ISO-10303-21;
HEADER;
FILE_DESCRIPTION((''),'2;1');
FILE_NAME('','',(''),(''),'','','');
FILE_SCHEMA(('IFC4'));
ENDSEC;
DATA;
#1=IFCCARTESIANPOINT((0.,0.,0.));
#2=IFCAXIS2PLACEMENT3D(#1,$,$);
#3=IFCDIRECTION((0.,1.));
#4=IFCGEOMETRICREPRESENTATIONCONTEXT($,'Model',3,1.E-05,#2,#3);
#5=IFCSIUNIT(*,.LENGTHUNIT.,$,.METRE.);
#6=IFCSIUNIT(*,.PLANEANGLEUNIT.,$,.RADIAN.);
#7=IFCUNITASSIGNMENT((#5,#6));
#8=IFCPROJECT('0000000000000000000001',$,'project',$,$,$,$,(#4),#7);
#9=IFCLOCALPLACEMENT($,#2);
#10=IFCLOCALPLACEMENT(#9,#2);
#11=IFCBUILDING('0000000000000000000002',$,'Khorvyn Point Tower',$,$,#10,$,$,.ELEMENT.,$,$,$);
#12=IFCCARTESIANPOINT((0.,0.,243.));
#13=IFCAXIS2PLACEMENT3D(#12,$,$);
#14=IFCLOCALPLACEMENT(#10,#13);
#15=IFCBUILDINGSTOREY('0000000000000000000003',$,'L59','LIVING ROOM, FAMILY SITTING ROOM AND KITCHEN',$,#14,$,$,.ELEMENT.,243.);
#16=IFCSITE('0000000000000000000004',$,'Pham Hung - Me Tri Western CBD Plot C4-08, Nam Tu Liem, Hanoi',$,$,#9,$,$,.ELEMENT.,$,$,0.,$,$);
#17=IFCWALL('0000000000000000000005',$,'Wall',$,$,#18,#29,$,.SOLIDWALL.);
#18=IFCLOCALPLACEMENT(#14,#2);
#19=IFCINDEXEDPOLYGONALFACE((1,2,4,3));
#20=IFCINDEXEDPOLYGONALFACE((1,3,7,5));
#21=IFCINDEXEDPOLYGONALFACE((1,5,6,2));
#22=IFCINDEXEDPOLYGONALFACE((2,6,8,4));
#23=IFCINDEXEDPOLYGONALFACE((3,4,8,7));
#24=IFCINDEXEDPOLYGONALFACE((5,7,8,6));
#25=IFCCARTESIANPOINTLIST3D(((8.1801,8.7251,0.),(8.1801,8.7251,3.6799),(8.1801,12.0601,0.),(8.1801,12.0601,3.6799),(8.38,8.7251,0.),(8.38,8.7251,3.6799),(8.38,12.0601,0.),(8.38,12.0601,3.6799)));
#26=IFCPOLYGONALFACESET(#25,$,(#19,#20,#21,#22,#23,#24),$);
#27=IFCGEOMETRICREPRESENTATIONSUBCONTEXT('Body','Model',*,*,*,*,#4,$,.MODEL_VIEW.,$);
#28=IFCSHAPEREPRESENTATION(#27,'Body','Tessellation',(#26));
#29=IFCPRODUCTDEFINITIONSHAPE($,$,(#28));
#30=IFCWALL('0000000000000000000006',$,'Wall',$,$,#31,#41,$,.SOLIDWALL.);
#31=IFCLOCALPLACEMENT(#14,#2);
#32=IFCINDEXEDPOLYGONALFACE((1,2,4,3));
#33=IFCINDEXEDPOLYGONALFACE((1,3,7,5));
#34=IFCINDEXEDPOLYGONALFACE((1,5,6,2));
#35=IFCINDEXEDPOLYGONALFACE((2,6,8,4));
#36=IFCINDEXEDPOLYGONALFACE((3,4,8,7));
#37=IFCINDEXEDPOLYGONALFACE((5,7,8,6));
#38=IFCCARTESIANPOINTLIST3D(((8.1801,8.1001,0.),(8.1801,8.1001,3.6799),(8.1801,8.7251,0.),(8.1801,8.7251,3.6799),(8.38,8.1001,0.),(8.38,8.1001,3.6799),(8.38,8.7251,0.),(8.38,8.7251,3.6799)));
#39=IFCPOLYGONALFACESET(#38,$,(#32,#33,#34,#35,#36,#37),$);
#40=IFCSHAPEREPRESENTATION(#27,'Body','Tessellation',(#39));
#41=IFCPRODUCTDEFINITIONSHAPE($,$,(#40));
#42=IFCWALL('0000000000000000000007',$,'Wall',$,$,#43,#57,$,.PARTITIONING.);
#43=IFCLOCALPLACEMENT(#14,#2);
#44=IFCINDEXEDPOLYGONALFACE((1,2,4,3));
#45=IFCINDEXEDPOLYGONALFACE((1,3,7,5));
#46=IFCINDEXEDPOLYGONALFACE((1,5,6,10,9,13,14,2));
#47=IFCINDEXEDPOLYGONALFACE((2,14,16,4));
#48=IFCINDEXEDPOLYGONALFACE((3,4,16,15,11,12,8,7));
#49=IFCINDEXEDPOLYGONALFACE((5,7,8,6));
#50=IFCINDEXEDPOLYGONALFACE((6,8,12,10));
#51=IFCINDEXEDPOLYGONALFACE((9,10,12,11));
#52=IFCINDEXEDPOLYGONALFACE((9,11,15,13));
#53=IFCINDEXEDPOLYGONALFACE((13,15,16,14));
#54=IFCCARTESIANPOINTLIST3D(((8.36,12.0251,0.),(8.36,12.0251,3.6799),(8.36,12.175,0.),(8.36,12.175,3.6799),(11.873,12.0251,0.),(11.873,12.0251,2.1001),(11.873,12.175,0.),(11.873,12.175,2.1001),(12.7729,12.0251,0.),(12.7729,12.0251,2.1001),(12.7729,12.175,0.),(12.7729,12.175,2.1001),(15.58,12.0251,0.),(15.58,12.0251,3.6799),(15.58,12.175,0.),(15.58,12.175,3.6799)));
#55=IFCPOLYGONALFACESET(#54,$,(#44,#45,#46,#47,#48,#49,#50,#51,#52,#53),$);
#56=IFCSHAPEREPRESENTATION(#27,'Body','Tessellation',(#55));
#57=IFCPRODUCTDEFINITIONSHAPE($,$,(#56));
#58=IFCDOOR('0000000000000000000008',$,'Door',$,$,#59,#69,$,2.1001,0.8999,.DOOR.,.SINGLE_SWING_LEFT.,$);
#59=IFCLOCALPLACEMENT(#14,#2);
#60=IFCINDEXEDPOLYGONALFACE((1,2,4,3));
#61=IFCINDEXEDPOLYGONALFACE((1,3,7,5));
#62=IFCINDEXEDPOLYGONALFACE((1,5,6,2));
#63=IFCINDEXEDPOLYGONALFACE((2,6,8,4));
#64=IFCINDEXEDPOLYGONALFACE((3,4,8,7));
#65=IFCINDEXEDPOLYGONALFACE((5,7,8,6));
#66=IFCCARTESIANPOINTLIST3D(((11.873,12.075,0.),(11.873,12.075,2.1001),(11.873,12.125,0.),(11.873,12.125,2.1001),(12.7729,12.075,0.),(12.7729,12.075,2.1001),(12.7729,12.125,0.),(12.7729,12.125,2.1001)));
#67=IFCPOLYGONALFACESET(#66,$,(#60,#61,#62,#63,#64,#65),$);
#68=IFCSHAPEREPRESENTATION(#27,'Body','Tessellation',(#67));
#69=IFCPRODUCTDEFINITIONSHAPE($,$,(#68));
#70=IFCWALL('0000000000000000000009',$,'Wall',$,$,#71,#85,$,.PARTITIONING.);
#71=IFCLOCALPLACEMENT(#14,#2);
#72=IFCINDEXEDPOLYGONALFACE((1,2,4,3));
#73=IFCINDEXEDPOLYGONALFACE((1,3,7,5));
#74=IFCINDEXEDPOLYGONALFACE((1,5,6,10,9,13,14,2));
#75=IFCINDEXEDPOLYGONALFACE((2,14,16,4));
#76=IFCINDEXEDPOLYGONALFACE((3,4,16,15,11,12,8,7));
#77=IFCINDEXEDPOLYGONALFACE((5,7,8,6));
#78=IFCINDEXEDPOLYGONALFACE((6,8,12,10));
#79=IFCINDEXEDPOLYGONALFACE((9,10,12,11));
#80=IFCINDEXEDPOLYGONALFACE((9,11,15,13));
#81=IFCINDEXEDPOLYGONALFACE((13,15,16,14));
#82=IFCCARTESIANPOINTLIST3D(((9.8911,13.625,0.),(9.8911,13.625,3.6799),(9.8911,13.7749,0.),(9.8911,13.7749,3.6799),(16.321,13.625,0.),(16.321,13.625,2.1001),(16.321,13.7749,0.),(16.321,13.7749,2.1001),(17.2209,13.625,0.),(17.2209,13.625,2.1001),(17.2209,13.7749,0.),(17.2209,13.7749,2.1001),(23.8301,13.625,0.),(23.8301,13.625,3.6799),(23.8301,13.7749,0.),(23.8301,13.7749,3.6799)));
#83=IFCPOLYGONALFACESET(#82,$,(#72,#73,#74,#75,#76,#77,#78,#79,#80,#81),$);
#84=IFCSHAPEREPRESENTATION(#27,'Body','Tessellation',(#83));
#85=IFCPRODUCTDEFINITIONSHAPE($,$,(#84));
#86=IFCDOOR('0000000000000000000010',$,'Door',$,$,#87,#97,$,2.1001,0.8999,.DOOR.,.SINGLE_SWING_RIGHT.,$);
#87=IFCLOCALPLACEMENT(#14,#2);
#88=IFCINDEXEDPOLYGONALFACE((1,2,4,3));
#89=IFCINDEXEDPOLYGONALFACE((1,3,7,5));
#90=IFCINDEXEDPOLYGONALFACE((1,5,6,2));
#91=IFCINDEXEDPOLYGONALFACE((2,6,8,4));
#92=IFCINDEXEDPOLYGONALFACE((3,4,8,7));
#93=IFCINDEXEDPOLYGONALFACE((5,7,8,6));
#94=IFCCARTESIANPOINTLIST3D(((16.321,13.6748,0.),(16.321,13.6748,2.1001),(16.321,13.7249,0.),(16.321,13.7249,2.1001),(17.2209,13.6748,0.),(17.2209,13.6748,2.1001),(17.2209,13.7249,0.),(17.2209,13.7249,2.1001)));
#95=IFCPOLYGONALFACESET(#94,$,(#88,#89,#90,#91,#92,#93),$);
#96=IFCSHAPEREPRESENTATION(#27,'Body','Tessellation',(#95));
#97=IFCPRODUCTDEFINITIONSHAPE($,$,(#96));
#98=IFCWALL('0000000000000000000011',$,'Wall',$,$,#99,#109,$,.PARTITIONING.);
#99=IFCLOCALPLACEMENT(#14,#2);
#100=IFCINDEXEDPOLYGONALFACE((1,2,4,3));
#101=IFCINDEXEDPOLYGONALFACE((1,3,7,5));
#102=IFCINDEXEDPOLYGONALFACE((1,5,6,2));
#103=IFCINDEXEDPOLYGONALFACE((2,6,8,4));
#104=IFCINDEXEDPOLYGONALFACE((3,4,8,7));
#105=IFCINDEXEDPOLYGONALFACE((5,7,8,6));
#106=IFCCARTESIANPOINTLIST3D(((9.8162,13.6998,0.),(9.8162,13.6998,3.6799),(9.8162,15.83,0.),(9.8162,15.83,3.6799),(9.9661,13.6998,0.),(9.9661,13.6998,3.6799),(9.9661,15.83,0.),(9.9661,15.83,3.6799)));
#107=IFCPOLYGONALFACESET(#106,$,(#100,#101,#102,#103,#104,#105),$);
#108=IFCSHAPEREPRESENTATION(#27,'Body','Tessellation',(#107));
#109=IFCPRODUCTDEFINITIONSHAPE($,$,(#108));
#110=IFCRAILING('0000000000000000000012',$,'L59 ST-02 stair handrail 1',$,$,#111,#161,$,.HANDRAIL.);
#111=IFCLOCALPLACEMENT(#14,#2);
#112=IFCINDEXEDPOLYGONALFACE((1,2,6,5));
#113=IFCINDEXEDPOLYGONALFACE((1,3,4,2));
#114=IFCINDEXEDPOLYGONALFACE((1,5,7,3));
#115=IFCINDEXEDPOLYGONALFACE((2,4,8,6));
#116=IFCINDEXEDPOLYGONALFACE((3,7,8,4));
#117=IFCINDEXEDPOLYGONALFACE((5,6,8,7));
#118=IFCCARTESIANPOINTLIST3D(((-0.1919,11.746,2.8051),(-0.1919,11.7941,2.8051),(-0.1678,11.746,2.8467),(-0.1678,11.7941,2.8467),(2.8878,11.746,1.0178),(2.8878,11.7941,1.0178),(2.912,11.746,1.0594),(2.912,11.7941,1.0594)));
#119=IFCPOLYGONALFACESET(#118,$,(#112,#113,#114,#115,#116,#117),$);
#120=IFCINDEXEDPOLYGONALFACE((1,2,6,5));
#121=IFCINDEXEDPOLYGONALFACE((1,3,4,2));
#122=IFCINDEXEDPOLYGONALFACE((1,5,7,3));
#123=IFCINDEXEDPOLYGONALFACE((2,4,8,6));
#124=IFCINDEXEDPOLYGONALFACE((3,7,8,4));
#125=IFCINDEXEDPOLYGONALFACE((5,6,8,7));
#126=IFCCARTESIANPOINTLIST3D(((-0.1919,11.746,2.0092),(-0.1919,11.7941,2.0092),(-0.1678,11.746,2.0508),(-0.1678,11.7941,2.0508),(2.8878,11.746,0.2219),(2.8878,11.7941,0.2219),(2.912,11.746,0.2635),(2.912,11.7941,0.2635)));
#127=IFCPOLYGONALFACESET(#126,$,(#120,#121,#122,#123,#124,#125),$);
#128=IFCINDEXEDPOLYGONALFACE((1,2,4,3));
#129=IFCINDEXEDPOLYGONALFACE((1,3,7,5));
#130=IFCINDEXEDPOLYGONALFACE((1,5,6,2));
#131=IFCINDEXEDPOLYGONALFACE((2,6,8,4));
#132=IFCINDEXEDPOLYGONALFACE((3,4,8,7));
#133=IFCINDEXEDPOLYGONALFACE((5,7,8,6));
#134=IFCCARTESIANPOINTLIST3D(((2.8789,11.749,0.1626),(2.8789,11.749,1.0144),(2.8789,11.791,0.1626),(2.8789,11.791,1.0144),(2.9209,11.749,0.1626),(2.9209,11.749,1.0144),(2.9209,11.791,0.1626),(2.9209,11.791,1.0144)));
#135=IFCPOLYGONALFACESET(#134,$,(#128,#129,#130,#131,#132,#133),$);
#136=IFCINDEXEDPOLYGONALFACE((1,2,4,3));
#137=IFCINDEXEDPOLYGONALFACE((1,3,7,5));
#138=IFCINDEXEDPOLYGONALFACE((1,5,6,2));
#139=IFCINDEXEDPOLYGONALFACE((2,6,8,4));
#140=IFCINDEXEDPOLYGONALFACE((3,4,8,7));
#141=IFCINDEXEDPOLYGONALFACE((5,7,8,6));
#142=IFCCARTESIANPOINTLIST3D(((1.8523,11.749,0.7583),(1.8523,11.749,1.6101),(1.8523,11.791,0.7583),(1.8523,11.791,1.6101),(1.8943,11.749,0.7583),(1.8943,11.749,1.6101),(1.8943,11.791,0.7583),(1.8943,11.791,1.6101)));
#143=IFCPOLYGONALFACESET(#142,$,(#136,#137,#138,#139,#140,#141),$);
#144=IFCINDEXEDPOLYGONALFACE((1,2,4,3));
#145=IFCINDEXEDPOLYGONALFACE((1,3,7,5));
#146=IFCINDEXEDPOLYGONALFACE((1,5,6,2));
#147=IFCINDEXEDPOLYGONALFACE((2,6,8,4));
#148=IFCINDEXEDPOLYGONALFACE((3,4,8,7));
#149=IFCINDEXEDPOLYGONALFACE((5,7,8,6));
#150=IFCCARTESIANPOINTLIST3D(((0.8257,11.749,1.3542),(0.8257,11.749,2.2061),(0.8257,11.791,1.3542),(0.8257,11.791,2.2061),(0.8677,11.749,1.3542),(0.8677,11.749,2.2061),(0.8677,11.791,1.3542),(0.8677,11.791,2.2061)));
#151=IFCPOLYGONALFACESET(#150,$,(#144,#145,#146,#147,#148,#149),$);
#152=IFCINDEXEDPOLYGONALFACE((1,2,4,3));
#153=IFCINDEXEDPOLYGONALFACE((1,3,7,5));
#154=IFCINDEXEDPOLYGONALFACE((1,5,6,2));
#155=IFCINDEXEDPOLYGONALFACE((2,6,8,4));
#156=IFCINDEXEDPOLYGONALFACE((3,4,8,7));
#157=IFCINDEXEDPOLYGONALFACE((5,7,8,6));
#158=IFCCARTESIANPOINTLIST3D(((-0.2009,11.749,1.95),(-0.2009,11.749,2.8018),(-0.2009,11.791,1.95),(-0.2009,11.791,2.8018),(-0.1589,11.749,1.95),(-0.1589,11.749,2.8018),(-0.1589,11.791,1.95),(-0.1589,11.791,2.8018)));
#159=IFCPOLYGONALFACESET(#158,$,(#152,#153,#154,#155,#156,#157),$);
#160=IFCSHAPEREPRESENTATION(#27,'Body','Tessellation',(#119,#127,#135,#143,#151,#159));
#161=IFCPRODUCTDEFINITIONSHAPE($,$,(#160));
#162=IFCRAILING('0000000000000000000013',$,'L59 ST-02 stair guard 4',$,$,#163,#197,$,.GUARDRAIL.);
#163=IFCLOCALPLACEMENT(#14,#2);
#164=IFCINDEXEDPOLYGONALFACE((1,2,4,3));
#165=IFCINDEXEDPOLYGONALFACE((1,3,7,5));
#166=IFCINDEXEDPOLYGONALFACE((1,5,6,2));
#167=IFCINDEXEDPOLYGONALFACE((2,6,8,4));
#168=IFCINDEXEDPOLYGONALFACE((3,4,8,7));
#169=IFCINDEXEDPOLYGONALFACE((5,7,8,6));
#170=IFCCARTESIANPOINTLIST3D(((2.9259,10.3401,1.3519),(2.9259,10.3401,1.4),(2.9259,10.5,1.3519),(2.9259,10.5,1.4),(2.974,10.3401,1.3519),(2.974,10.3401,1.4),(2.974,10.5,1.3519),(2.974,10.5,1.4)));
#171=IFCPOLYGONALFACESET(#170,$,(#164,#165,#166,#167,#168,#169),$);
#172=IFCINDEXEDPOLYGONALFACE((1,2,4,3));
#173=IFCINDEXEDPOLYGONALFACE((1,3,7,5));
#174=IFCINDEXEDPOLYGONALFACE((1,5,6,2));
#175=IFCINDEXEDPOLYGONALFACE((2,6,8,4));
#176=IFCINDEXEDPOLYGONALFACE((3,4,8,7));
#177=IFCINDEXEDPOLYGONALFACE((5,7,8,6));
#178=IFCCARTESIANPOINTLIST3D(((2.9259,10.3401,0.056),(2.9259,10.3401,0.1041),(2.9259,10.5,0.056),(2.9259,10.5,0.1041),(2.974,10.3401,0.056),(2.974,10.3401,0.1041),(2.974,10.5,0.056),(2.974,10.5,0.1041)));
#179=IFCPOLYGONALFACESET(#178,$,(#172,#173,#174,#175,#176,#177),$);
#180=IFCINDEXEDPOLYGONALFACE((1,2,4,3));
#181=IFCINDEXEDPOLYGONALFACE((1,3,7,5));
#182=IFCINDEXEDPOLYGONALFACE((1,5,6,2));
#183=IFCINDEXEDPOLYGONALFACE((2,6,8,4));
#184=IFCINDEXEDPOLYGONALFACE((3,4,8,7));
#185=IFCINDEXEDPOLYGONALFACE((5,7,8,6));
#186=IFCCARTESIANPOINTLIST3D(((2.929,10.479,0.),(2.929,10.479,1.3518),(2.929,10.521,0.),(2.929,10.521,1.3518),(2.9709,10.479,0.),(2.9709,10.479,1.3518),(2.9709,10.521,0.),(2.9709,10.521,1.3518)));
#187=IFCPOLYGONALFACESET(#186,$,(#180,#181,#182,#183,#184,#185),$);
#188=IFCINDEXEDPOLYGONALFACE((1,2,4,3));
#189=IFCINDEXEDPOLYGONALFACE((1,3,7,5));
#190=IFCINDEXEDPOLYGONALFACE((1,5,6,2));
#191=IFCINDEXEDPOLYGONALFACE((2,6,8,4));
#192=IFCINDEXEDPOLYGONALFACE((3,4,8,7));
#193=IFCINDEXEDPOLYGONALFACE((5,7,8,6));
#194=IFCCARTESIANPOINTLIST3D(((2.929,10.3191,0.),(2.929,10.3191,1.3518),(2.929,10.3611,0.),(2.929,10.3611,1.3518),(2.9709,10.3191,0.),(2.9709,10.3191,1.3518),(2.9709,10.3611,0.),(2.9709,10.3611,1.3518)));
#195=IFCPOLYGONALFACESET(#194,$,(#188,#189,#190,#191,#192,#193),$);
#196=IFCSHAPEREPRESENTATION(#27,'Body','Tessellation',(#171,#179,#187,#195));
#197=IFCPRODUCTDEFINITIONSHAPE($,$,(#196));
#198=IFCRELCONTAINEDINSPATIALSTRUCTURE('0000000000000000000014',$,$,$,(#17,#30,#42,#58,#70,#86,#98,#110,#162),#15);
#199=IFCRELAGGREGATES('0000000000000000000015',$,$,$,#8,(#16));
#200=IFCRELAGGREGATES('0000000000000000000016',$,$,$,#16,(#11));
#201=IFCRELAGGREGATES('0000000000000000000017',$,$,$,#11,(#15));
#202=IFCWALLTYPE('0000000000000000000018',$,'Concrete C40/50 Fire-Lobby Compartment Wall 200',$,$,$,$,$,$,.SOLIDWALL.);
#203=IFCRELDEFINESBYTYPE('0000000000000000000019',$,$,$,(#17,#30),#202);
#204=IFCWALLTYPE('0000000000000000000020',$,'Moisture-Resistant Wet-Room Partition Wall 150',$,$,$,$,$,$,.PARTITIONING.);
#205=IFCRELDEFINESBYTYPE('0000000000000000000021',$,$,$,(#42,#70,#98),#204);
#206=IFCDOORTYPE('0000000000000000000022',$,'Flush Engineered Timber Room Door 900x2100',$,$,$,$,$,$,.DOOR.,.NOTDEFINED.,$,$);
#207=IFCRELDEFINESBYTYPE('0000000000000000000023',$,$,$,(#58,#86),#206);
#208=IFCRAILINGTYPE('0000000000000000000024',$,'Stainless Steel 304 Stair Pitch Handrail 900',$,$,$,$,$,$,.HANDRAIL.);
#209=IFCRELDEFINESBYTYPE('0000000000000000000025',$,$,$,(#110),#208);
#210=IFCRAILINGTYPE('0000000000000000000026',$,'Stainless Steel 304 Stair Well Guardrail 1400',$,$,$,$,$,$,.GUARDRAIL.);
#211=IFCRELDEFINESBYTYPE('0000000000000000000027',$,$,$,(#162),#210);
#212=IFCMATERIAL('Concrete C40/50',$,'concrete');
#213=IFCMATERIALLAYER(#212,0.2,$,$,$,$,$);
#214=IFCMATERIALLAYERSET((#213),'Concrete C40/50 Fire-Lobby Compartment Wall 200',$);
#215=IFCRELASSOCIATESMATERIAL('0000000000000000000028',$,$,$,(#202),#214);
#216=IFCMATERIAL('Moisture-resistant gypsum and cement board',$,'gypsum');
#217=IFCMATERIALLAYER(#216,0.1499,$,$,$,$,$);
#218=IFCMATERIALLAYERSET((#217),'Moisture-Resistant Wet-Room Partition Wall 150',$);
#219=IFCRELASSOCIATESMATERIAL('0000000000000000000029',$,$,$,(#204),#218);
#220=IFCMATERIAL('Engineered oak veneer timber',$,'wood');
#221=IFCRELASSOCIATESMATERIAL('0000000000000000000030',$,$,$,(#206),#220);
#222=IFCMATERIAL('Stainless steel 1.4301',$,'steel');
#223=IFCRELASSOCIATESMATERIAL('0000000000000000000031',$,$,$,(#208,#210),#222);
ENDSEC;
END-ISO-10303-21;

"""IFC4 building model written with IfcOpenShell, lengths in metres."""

from ifc_helpers import new_model, si_unit, direction, frame, frame_2d, origin, origin_2d, place, context, subcontext, project, spatial, rectangle, extrude, material, layer, layer_set, type_object, element, fill, save


model = new_model("IFC4")

# Units and contexts
model_context = context("Model", 3, precision=1e-05, world=origin(), true_north=direction((0.0, 1.0)))
body_context = subcontext(model_context, "Body", "Model", "MODEL_VIEW")
ifc_project = project(units=[si_unit("LENGTHUNIT", "METRE"), si_unit("PLANEANGLEUNIT", "RADIAN")], contexts=[model_context])

# Site, building, storey
site_placement = place(None, origin())
site = spatial("IfcSite", under=ifc_project, at=site_placement, Name="Pham Hung - Me Tri Western CBD Plot C4-08, Nam Tu Liem, Hanoi", CompositionType="ELEMENT", RefElevation=0.0)
building_placement = place(site_placement, origin())
building = spatial("IfcBuilding", under=site, at=building_placement, Name="Khorvyn Point Tower", CompositionType="ELEMENT")
storey_placement = place(building_placement, frame((0.0, 0.0, 243.0)))
storey = spatial("IfcBuildingStorey", under=building, at=storey_placement, Name="L59", Description="LIVING ROOM, FAMILY SITTING ROOM AND KITCHEN", CompositionType="ELEMENT", Elevation=243.0)

# Shared definitions
ifc_material_1 = material(Name="Concrete C40/50", Category="concrete")

# Shared definitions
ifc_layer_1 = layer(ifc_material_1, 0.2)
ifc_layer_set_1 = layer_set([ifc_layer_1], Name="Concrete C40/50 Fire-Lobby Compartment Wall 200")
wall_type_1 = type_object("IfcWallType", Name="Concrete C40/50 Fire-Lobby Compartment Wall 200", PredefinedType="SOLIDWALL", material=ifc_layer_set_1)

# Walls
wall_1_placement = place(storey_placement, frame((8.28, 8.7251, 0.0), z_axis=(0.0, 0.0, 1.0), x_axis=(0.0, 1.0, 0.0)))
element("IfcWall", 1, at=wall_1_placement, inside=storey, type_object=wall_type_1, Name="Wall", PredefinedType="SOLIDWALL", context=body_context, shape_type="SweptSolid", body=[
    extrude(rectangle(XDim=3.335, YDim=0.2, at=frame_2d((1.6675, 0.0))), origin(), (0.0, 0.0, 1.0), 3.6799),
])
wall_2_placement = place(storey_placement, frame((8.28, 8.1001, 0.0), z_axis=(0.0, 0.0, 1.0), x_axis=(0.0, 1.0, 0.0)))
element("IfcWall", 2, at=wall_2_placement, inside=storey, type_object=wall_type_1, Name="Wall", PredefinedType="SOLIDWALL", context=body_context, shape_type="SweptSolid", body=[
    extrude(rectangle(XDim=0.625, YDim=0.2, at=frame_2d((0.3125, 0.0))), origin(), (0.0, 0.0, 1.0), 3.6799),
])

# Walls, openings, doors
ifc_material_2 = material(Name="Moisture-resistant gypsum and cement board", Category="gypsum")
ifc_layer_2 = layer(ifc_material_2, 0.1499)
ifc_layer_set_2 = layer_set([ifc_layer_2], Name="Moisture-Resistant Wet-Room Partition Wall 150")
wall_type_2 = type_object("IfcWallType", Name="Moisture-Resistant Wet-Room Partition Wall 150", PredefinedType="PARTITIONING", material=ifc_layer_set_2)
wall_3_placement = place(storey_placement, frame((8.3601, 12.1001, 0.0), z_axis=(0.0, 0.0, 1.0), x_axis=(1.0, 0.0, 0.0)))
wall_3 = element("IfcWall", 3, at=wall_3_placement, inside=storey, type_object=wall_type_2, Name="Wall", PredefinedType="PARTITIONING", context=body_context, shape_type="SweptSolid", body=[
    extrude(rectangle(XDim=7.22, YDim=0.1499, at=frame_2d((3.6099, 0.0))), origin(), (0.0, 0.0, 1.0), 3.6799),
])
opening_1_placement = place(wall_3_placement, frame((3.5129, 0.0, 0.0)))
opening_1 = element("IfcOpeningElement", 4, at=opening_1_placement, cuts=wall_3, PredefinedType="OPENING", context=body_context, shape_type="SweptSolid", body=[
    extrude(rectangle(XDim=0.8999, YDim=2.1001, at=frame_2d((0.45, 1.05))), frame((0.0, 0.085, 0.0), z_axis=(0.0, -1.0, 0.0), x_axis=(1.0, 0.0, 0.0)), (0.0, 0.0, 1.0), 0.1699),
])
ifc_material_3 = material(Name="Engineered oak veneer timber", Category="wood")
door_type_1 = type_object("IfcDoorType", Name="Flush Engineered Timber Room Door 900x2100", OperationType="NOTDEFINED", PredefinedType="DOOR", material=ifc_material_3)
door_1_placement = place(opening_1_placement, origin())
door_1 = element("IfcDoor", 5, at=door_1_placement, inside=storey, type_object=door_type_1, Name="Door", OperationType="SINGLE_SWING_LEFT", OverallHeight=2.1001, OverallWidth=0.8999, PredefinedType="DOOR", context=body_context, shape_type="SweptSolid", body=[
    extrude(rectangle(XDim=0.8999, YDim=2.1001, at=frame_2d((0.45, 1.05))), frame((0.0, 0.0249, 0.0), z_axis=(0.0, -1.0, 0.0), x_axis=(1.0, 0.0, 0.0)), (0.0, 0.0, 1.0), 0.05),
])
fill(opening_1, door_1)
wall_4_placement = place(storey_placement, frame((9.8911, 13.7, 0.0), z_axis=(0.0, 0.0, 1.0), x_axis=(1.0, 0.0, 0.0)))
wall_4 = element("IfcWall", 6, at=wall_4_placement, inside=storey, type_object=wall_type_2, Name="Wall", PredefinedType="PARTITIONING", context=body_context, shape_type="SweptSolid", body=[
    extrude(rectangle(XDim=13.939, YDim=0.1499, at=frame_2d((6.9695, 0.0))), origin(), (0.0, 0.0, 1.0), 3.6799),
])
opening_2_placement = place(wall_4_placement, frame((6.4299, 0.0, 0.0)))
opening_2 = element("IfcOpeningElement", 7, at=opening_2_placement, cuts=wall_4, PredefinedType="OPENING", context=body_context, shape_type="SweptSolid", body=[
    extrude(rectangle(XDim=0.8999, YDim=2.1001, at=frame_2d((0.45, 1.05))), frame((0.0, 0.085, 0.0), z_axis=(0.0, -1.0, 0.0), x_axis=(1.0, 0.0, 0.0)), (0.0, 0.0, 1.0), 0.1699),
])
door_2_placement = place(opening_2_placement, origin())
door_2 = element("IfcDoor", 8, at=door_2_placement, inside=storey, type_object=door_type_1, Name="Door", OperationType="SINGLE_SWING_RIGHT", OverallHeight=2.1001, OverallWidth=0.8999, PredefinedType="DOOR", context=body_context, shape_type="SweptSolid", body=[
    extrude(rectangle(XDim=0.8999, YDim=2.1001, at=frame_2d((0.45, 1.05))), frame((0.0, 0.0249, 0.0), z_axis=(0.0, -1.0, 0.0), x_axis=(1.0, 0.0, 0.0)), (0.0, 0.0, 1.0), 0.05),
])
fill(opening_2, door_2)

# Wall
wall_5_placement = place(storey_placement, frame((9.8911, 13.7, 0.0), z_axis=(0.0, 0.0, 1.0), x_axis=(0.0, 1.0, 0.0)))
element("IfcWall", 9, at=wall_5_placement, inside=storey, type_object=wall_type_2, Name="Wall", PredefinedType="PARTITIONING", context=body_context, shape_type="SweptSolid", body=[
    extrude(rectangle(XDim=2.1301, YDim=0.1499, at=frame_2d((1.0649, 0.0))), origin(), (0.0, 0.0, 1.0), 3.6799),
])

# Railings
ifc_material_4 = material(Name="Stainless steel 1.4301", Category="steel")
railing_type_1 = type_object("IfcRailingType", Name="Stainless Steel 304 Stair Pitch Handrail 900", PredefinedType="HANDRAIL", material=ifc_material_4)
railing_1_placement = place(storey_placement, frame((2.8999, 11.77, 0.1626)))
element("IfcRailing", 10, at=railing_1_placement, inside=storey, type_object=railing_type_1, Name="L59 ST-02 stair handrail 1", PredefinedType="HANDRAIL", context=body_context, shape_type="SweptSolid", body=[
    extrude(rectangle(XDim=0.0481, YDim=0.0481, at=origin_2d()), frame((0.0, 0.0, 0.876), z_axis=(-0.864903, 0.0, 0.501939), x_axis=(0.0, -1.0, 0.0)), (0.0, 0.0, 1.0), 3.5608),
    extrude(rectangle(XDim=0.0481, YDim=0.0481, at=origin_2d()), frame((0.0, 0.0, 0.0801), z_axis=(-0.864903, 0.0, 0.501939), x_axis=(0.0, -1.0, 0.0)), (0.0, 0.0, 1.0), 3.5608),
    extrude(rectangle(XDim=0.042, YDim=0.042, at=origin_2d()), origin(), (0.0, 0.0, 1.0), 0.8518),
    extrude(rectangle(XDim=0.042, YDim=0.042, at=origin_2d()), frame((-1.0266, 0.0, 0.5957)), (0.0, 0.0, 1.0), 0.8518),
    extrude(rectangle(XDim=0.042, YDim=0.042, at=origin_2d()), frame((-2.0532, 0.0, 1.1917)), (0.0, 0.0, 1.0), 0.8518),
    extrude(rectangle(XDim=0.042, YDim=0.042, at=origin_2d()), frame((-3.0798, 0.0, 1.7874)), (0.0, 0.0, 1.0), 0.8518),
])
railing_type_2 = type_object("IfcRailingType", Name="Stainless Steel 304 Stair Well Guardrail 1400", PredefinedType="GUARDRAIL", material=ifc_material_4)
railing_2_placement = place(storey_placement, frame((2.95, 10.5, 0.0)))
element("IfcRailing", 11, at=railing_2_placement, inside=storey, type_object=railing_type_2, Name="L59 ST-02 stair guard 4", PredefinedType="GUARDRAIL", context=body_context, shape_type="SweptSolid", body=[
    extrude(rectangle(XDim=0.0481, YDim=0.0481, at=origin_2d()), frame((0.0, 0.0, 1.376), z_axis=(0.0, -1.0, 0.0), x_axis=(1.0, 0.0, 0.0)), (0.0, 0.0, 1.0), 0.1599),
    extrude(rectangle(XDim=0.0481, YDim=0.0481, at=origin_2d()), frame((0.0, 0.0, 0.0801), z_axis=(0.0, -1.0, 0.0), x_axis=(1.0, 0.0, 0.0)), (0.0, 0.0, 1.0), 0.1599),
    extrude(rectangle(XDim=0.042, YDim=0.042, at=origin_2d()), origin(), (0.0, 0.0, 1.0), 1.3518),
    extrude(rectangle(XDim=0.042, YDim=0.042, at=origin_2d()), frame((0.0, -0.1599, 0.0)), (0.0, 0.0, 1.0), 1.3518),
])

save(model, "model.ifc")
